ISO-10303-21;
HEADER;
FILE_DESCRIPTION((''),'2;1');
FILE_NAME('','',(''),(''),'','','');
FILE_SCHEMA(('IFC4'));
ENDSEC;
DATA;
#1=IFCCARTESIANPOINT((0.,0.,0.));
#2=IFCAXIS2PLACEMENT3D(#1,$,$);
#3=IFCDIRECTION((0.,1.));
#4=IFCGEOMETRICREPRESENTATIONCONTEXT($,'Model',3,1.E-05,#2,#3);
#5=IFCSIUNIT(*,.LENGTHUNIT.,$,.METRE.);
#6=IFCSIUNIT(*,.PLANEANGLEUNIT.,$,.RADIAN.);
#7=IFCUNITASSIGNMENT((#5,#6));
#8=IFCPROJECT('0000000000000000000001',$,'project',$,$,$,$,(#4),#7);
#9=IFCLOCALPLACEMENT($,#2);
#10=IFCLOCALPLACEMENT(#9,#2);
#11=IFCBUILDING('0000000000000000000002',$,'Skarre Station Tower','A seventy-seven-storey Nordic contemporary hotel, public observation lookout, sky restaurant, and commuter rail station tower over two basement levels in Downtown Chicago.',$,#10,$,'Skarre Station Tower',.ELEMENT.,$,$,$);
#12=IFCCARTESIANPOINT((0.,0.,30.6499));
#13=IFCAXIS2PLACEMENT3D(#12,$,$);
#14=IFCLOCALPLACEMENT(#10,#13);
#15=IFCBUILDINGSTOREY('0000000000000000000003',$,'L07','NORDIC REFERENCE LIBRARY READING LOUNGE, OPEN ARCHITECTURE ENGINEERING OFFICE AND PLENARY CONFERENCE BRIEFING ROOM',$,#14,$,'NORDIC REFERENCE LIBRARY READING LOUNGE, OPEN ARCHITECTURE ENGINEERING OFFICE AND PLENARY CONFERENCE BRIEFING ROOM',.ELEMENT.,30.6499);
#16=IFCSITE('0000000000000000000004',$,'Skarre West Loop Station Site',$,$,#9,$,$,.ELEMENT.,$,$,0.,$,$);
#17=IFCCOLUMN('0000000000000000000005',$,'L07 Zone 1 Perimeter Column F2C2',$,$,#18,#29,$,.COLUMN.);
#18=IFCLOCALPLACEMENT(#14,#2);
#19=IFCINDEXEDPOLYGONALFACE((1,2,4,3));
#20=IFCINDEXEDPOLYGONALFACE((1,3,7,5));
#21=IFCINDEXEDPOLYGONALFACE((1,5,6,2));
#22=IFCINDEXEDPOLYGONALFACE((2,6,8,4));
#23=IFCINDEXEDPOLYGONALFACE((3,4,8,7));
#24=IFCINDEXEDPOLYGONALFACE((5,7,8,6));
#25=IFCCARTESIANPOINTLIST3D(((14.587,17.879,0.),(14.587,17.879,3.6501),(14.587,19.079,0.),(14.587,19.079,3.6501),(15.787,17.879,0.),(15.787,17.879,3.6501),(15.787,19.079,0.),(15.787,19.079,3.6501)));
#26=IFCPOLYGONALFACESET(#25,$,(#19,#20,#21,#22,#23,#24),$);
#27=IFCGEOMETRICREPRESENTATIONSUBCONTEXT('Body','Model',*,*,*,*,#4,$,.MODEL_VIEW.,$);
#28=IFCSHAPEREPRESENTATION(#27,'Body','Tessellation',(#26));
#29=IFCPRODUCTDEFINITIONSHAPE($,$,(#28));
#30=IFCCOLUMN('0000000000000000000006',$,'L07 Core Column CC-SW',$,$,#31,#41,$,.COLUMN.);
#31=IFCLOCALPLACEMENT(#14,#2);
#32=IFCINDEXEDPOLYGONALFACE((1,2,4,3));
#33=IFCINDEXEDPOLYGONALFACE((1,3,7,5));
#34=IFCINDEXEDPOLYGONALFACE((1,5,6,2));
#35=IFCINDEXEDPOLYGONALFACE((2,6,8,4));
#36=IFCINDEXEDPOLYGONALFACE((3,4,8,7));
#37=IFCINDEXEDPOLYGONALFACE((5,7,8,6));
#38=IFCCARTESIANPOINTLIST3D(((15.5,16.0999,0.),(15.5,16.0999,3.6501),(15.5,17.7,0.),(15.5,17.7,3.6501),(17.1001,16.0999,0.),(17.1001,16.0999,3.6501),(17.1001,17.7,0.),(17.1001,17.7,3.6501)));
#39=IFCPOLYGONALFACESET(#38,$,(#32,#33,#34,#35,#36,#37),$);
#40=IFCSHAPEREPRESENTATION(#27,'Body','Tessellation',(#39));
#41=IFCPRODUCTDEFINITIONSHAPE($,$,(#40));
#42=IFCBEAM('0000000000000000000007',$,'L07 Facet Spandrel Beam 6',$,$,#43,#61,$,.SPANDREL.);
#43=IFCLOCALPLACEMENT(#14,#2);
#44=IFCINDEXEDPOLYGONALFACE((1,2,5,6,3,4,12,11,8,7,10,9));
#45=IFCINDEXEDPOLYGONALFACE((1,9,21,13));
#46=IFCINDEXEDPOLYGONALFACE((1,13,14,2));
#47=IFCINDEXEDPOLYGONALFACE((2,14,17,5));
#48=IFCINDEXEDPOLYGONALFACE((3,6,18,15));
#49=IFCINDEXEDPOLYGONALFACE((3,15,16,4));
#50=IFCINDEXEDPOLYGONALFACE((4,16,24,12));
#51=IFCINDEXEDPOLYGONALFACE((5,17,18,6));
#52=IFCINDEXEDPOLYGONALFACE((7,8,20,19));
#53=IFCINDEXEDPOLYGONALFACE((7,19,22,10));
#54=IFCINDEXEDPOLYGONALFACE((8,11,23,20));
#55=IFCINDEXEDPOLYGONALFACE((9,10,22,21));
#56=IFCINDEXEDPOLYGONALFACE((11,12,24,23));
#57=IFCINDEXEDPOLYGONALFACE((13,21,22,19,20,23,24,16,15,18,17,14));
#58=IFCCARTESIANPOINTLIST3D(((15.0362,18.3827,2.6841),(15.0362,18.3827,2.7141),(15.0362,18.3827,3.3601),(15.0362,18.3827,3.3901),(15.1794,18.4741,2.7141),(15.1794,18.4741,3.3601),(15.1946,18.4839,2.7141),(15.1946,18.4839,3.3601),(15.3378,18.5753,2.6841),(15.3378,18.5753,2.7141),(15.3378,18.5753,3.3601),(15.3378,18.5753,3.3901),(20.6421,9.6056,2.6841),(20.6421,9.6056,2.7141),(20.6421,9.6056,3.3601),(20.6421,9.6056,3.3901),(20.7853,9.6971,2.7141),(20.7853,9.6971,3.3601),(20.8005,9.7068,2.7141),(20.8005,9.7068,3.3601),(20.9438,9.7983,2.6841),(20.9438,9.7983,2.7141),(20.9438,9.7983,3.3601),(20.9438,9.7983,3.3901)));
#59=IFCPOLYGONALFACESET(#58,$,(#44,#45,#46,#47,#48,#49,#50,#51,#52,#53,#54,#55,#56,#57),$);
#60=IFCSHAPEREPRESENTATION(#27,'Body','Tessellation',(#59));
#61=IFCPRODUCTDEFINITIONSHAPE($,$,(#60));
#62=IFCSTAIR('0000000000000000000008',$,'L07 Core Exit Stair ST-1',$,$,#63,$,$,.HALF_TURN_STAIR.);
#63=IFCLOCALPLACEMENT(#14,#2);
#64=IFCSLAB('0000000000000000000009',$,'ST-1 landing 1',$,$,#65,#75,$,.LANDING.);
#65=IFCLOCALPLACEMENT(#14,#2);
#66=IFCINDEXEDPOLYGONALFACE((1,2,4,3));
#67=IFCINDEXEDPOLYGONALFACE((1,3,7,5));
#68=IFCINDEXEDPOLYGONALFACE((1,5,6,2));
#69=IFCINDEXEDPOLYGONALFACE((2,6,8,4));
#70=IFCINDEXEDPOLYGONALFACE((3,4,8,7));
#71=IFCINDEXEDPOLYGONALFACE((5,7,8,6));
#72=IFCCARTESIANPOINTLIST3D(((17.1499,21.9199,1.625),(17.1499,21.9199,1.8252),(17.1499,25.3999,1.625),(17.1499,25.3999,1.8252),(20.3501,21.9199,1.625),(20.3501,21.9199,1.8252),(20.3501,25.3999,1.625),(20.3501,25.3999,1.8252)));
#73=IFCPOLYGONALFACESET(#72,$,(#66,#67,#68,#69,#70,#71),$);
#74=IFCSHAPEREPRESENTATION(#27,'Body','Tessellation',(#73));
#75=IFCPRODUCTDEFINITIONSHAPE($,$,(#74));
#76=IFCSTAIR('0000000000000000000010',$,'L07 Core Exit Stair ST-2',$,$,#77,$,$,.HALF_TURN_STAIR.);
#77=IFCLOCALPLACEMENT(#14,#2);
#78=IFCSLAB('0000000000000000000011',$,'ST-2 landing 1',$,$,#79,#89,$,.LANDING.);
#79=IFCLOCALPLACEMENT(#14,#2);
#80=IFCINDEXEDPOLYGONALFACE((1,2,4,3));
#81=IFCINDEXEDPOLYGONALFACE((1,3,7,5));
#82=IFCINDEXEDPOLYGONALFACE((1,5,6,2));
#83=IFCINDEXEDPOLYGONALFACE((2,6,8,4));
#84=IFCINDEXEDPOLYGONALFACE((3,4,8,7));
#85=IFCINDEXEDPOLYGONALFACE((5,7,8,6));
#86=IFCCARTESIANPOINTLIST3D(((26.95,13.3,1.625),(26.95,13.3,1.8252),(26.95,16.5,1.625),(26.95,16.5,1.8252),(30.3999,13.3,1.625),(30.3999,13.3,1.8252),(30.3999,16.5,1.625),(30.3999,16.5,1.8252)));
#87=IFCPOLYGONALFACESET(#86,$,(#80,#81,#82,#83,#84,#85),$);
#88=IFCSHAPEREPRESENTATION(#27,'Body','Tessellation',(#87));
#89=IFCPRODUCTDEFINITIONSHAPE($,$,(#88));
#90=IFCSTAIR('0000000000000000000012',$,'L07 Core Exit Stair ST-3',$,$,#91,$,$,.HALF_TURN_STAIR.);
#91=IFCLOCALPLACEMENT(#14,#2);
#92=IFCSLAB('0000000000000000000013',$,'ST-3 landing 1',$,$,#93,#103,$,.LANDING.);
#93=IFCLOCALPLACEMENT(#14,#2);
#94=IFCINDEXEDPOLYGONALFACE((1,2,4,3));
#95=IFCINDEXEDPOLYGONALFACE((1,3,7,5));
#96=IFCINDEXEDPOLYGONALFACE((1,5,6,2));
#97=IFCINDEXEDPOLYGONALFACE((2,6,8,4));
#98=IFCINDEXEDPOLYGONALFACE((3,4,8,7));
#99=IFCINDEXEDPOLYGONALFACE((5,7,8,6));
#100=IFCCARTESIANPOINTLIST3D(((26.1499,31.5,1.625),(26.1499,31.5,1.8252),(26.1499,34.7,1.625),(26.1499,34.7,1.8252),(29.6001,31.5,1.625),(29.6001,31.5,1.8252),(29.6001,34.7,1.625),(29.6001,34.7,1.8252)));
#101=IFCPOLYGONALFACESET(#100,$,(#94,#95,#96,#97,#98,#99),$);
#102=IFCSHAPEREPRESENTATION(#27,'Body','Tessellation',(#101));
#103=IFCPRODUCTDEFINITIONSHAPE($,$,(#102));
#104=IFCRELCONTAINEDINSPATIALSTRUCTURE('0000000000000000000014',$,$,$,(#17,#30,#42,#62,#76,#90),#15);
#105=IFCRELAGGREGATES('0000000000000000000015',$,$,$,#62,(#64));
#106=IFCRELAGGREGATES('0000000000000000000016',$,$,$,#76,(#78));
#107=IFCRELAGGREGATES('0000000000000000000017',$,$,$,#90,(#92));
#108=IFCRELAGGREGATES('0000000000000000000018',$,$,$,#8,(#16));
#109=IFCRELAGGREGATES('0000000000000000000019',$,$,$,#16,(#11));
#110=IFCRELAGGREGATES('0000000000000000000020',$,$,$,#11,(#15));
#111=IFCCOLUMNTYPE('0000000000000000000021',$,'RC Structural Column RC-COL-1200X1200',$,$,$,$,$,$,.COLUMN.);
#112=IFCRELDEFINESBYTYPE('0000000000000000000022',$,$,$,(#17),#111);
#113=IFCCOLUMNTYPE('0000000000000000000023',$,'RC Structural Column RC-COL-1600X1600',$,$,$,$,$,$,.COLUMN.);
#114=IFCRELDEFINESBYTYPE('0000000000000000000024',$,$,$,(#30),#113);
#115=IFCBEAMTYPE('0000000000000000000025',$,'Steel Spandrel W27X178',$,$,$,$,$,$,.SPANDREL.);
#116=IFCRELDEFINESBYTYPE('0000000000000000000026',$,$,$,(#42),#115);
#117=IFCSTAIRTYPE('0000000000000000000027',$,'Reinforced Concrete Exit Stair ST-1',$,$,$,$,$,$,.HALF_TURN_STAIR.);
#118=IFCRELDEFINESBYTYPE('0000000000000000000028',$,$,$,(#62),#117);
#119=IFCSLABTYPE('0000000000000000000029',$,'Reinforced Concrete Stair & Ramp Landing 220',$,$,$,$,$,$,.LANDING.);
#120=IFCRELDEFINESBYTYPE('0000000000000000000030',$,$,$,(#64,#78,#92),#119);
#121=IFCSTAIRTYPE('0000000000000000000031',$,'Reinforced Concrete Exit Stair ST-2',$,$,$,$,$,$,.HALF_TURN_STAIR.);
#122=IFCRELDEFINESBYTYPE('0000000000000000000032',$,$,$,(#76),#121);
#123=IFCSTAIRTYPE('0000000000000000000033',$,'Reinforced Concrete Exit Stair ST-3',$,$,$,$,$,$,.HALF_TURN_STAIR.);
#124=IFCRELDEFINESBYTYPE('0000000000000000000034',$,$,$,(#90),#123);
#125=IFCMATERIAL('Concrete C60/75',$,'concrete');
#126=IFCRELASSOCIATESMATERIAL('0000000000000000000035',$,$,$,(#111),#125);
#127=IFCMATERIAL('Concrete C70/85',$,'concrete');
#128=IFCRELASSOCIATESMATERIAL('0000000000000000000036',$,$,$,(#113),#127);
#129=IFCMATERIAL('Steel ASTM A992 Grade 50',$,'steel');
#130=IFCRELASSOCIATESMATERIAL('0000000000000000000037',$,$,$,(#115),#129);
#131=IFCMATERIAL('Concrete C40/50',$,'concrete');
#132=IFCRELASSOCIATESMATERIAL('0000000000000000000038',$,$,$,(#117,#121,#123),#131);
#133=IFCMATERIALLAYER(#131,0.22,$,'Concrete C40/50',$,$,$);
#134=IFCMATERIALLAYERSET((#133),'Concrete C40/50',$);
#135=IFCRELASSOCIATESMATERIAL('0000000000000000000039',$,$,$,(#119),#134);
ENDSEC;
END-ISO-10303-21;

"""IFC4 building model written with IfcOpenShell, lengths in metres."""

from ifc_helpers import new_model, si_unit, direction, frame, origin, origin_2d, place, context, subcontext, project, spatial, polyline, rectangle, i_section, outline, extrude, material, layer, layer_set, material_profile, profile_set, type_object, element, aggregate, save


model = new_model("IFC4")

# Units and contexts
model_context = context("Model", 3, precision=1e-05, world=origin(), true_north=direction((0.0, 1.0)))
body_context = subcontext(model_context, "Body", "Model", "MODEL_VIEW")
ifc_project = project(units=[si_unit("LENGTHUNIT", "METRE"), si_unit("PLANEANGLEUNIT", "RADIAN")], contexts=[model_context])

# Site, building, storey
site_placement = place(None, origin())
site = spatial("IfcSite", under=ifc_project, at=site_placement, Name="Skarre West Loop Station Site", CompositionType="ELEMENT", RefElevation=0.0)
building_placement = place(site_placement, origin())
building = spatial("IfcBuilding", under=site, at=building_placement, Name="Skarre Station Tower", Description="A seventy-seven-storey Nordic contemporary hotel, public observation lookout, sky restaurant, and commuter rail station tower over two basement levels in Downtown Chicago.", LongName="Skarre Station Tower", CompositionType="ELEMENT")
storey_placement = place(building_placement, frame((0.0, 0.0, 30.6499)))
storey = spatial("IfcBuildingStorey", under=building, at=storey_placement, Name="L07", Description="NORDIC REFERENCE LIBRARY READING LOUNGE, OPEN ARCHITECTURE ENGINEERING OFFICE AND PLENARY CONFERENCE BRIEFING ROOM", LongName="NORDIC REFERENCE LIBRARY READING LOUNGE, OPEN ARCHITECTURE ENGINEERING OFFICE AND PLENARY CONFERENCE BRIEFING ROOM", CompositionType="ELEMENT", Elevation=30.6499)

# Columns
ifc_material_1 = material(Name="Concrete C60/75", Category="concrete")
ifc_material_profile_1 = material_profile(ifc_material_1, rectangle(XDim=1.2, YDim=1.2, at=origin_2d()), Name="Concrete C60/75")
ifc_profile_set_1 = profile_set([ifc_material_profile_1], Name="Concrete C60/75")
column_type_1 = type_object("IfcColumnType", Name="RC Structural Column RC-COL-1200X1200", PredefinedType="COLUMN", material=ifc_profile_set_1)
column_1_placement = place(storey_placement, frame((15.187, 18.479, 0.0), z_axis=(0.0, 0.0, 1.0), x_axis=(1.0, 0.0, 0.0)))
element("IfcColumn", 1, at=column_1_placement, inside=storey, type_object=column_type_1, Name="L07 Zone 1 Perimeter Column F2C2", PredefinedType="COLUMN", context=body_context, shape_type="SweptSolid", body=[
    extrude(rectangle(XDim=1.2, YDim=1.2, at=origin_2d()), origin(), (0.0, 0.0, 1.0), 3.6501),
])
ifc_material_2 = material(Name="Concrete C70/85", Category="concrete")
ifc_material_profile_2 = material_profile(ifc_material_2, rectangle(XDim=1.6001, YDim=1.6001, at=origin_2d()), Name="Concrete C70/85")
ifc_profile_set_2 = profile_set([ifc_material_profile_2], Name="Concrete C70/85")
column_type_2 = type_object("IfcColumnType", Name="RC Structural Column RC-COL-1600X1600", PredefinedType="COLUMN", material=ifc_profile_set_2)
column_2_placement = place(storey_placement, frame((16.3, 16.8999, 0.0), z_axis=(0.0, 0.0, 1.0), x_axis=(1.0, 0.0, 0.0)))
element("IfcColumn", 2, at=column_2_placement, inside=storey, type_object=column_type_2, Name="L07 Core Column CC-SW", PredefinedType="COLUMN", context=body_context, shape_type="SweptSolid", body=[
    extrude(rectangle(XDim=1.6001, YDim=1.6001, at=origin_2d()), origin(), (0.0, 0.0, 1.0), 3.6501),
])

# Beam
ifc_material_3 = material(Name="Steel ASTM A992 Grade 50", Category="steel")
ifc_material_profile_3 = material_profile(ifc_material_3, i_section(OverallWidth=0.3579, OverallDepth=0.7061, WebThickness=0.0181, FlangeThickness=0.03, at=origin_2d()), Name="Steel ASTM A992 Grade 50")
ifc_profile_set_3 = profile_set([ifc_material_profile_3], Name="Steel ASTM A992 Grade 50")
beam_type = type_object("IfcBeamType", Name="Steel Spandrel W27X178", PredefinedType="SPANDREL", material=ifc_profile_set_3)
beam_placement = place(storey_placement, frame((15.187, 18.479, 3.0371), z_axis=(0.538278, -0.842767, 0.0), x_axis=(0.842767, 0.538278, 0.0)))
element("IfcBeam", 3, at=beam_placement, inside=storey, type_object=beam_type, Name="L07 Facet Spandrel Beam 6", PredefinedType="SPANDREL", context=body_context, shape_type="SweptSolid", body=[
    extrude(i_section(OverallWidth=0.3579, OverallDepth=0.7061, WebThickness=0.0181, FlangeThickness=0.03, at=origin_2d()), origin(), (0.0, 0.0, 1.0), 10.4146),
])

# Stairs, slabs
ifc_material_4 = material(Name="Concrete C40/50", Category="concrete")
stair_type_1 = type_object("IfcStairType", Name="Reinforced Concrete Exit Stair ST-1", PredefinedType="HALF_TURN_STAIR", material=ifc_material_4)
stair_1_placement = place(storey_placement, origin())
stair_1 = element("IfcStair", 4, at=stair_1_placement, inside=storey, type_object=stair_type_1, Name="L07 Core Exit Stair ST-1", PredefinedType="HALF_TURN_STAIR")
ifc_layer_1 = layer(ifc_material_4, 0.22, Name="Concrete C40/50")
ifc_layer_set_1 = layer_set([ifc_layer_1], Name="Concrete C40/50")
slab_type_1 = type_object("IfcSlabType", Name="Reinforced Concrete Stair & Ramp Landing 220", PredefinedType="LANDING", material=ifc_layer_set_1)
slab_1_placement = place(storey_placement, frame((0.0, 0.0, 1.625)))
slab_1 = element("IfcSlab", 5, at=slab_1_placement, type_object=slab_type_1, Name="ST-1 landing 1", PredefinedType="LANDING", context=body_context, shape_type="SweptSolid", body=[
    extrude(outline(polyline([(20.3501, 21.9199), (20.3501, 25.3999), (17.1499, 25.3999), (17.1499, 21.9199), (20.3501, 21.9199)])), origin(), (0.0, 0.0, 1.0), 0.2002),
])
aggregate(stair_1, [slab_1])
stair_type_2 = type_object("IfcStairType", Name="Reinforced Concrete Exit Stair ST-2", PredefinedType="HALF_TURN_STAIR", material=ifc_material_4)
stair_2_placement = place(storey_placement, origin())
stair_2 = element("IfcStair", 6, at=stair_2_placement, inside=storey, type_object=stair_type_2, Name="L07 Core Exit Stair ST-2", PredefinedType="HALF_TURN_STAIR")
slab_2_placement = place(storey_placement, frame((0.0, 0.0, 1.625)))
slab_2 = element("IfcSlab", 7, at=slab_2_placement, type_object=slab_type_1, Name="ST-2 landing 1", PredefinedType="LANDING", context=body_context, shape_type="SweptSolid", body=[
    extrude(outline(polyline([(26.95, 13.3), (30.3999, 13.3), (30.3999, 16.5), (26.95, 16.5), (26.95, 13.3)])), origin(), (0.0, 0.0, 1.0), 0.2002),
])
aggregate(stair_2, [slab_2])
stair_type_3 = type_object("IfcStairType", Name="Reinforced Concrete Exit Stair ST-3", PredefinedType="HALF_TURN_STAIR", material=ifc_material_4)
stair_3_placement = place(storey_placement, origin())
stair_3 = element("IfcStair", 8, at=stair_3_placement, inside=storey, type_object=stair_type_3, Name="L07 Core Exit Stair ST-3", PredefinedType="HALF_TURN_STAIR")
slab_3_placement = place(storey_placement, frame((0.0, 0.0, 1.625)))
slab_3 = element("IfcSlab", 9, at=slab_3_placement, type_object=slab_type_1, Name="ST-3 landing 1", PredefinedType="LANDING", context=body_context, shape_type="SweptSolid", body=[
    extrude(outline(polyline([(26.1499, 31.5), (29.6001, 31.5), (29.6001, 34.7), (26.1499, 34.7), (26.1499, 31.5)])), origin(), (0.0, 0.0, 1.0), 0.2002),
])
aggregate(stair_3, [slab_3])

save(model, "model.ifc")
